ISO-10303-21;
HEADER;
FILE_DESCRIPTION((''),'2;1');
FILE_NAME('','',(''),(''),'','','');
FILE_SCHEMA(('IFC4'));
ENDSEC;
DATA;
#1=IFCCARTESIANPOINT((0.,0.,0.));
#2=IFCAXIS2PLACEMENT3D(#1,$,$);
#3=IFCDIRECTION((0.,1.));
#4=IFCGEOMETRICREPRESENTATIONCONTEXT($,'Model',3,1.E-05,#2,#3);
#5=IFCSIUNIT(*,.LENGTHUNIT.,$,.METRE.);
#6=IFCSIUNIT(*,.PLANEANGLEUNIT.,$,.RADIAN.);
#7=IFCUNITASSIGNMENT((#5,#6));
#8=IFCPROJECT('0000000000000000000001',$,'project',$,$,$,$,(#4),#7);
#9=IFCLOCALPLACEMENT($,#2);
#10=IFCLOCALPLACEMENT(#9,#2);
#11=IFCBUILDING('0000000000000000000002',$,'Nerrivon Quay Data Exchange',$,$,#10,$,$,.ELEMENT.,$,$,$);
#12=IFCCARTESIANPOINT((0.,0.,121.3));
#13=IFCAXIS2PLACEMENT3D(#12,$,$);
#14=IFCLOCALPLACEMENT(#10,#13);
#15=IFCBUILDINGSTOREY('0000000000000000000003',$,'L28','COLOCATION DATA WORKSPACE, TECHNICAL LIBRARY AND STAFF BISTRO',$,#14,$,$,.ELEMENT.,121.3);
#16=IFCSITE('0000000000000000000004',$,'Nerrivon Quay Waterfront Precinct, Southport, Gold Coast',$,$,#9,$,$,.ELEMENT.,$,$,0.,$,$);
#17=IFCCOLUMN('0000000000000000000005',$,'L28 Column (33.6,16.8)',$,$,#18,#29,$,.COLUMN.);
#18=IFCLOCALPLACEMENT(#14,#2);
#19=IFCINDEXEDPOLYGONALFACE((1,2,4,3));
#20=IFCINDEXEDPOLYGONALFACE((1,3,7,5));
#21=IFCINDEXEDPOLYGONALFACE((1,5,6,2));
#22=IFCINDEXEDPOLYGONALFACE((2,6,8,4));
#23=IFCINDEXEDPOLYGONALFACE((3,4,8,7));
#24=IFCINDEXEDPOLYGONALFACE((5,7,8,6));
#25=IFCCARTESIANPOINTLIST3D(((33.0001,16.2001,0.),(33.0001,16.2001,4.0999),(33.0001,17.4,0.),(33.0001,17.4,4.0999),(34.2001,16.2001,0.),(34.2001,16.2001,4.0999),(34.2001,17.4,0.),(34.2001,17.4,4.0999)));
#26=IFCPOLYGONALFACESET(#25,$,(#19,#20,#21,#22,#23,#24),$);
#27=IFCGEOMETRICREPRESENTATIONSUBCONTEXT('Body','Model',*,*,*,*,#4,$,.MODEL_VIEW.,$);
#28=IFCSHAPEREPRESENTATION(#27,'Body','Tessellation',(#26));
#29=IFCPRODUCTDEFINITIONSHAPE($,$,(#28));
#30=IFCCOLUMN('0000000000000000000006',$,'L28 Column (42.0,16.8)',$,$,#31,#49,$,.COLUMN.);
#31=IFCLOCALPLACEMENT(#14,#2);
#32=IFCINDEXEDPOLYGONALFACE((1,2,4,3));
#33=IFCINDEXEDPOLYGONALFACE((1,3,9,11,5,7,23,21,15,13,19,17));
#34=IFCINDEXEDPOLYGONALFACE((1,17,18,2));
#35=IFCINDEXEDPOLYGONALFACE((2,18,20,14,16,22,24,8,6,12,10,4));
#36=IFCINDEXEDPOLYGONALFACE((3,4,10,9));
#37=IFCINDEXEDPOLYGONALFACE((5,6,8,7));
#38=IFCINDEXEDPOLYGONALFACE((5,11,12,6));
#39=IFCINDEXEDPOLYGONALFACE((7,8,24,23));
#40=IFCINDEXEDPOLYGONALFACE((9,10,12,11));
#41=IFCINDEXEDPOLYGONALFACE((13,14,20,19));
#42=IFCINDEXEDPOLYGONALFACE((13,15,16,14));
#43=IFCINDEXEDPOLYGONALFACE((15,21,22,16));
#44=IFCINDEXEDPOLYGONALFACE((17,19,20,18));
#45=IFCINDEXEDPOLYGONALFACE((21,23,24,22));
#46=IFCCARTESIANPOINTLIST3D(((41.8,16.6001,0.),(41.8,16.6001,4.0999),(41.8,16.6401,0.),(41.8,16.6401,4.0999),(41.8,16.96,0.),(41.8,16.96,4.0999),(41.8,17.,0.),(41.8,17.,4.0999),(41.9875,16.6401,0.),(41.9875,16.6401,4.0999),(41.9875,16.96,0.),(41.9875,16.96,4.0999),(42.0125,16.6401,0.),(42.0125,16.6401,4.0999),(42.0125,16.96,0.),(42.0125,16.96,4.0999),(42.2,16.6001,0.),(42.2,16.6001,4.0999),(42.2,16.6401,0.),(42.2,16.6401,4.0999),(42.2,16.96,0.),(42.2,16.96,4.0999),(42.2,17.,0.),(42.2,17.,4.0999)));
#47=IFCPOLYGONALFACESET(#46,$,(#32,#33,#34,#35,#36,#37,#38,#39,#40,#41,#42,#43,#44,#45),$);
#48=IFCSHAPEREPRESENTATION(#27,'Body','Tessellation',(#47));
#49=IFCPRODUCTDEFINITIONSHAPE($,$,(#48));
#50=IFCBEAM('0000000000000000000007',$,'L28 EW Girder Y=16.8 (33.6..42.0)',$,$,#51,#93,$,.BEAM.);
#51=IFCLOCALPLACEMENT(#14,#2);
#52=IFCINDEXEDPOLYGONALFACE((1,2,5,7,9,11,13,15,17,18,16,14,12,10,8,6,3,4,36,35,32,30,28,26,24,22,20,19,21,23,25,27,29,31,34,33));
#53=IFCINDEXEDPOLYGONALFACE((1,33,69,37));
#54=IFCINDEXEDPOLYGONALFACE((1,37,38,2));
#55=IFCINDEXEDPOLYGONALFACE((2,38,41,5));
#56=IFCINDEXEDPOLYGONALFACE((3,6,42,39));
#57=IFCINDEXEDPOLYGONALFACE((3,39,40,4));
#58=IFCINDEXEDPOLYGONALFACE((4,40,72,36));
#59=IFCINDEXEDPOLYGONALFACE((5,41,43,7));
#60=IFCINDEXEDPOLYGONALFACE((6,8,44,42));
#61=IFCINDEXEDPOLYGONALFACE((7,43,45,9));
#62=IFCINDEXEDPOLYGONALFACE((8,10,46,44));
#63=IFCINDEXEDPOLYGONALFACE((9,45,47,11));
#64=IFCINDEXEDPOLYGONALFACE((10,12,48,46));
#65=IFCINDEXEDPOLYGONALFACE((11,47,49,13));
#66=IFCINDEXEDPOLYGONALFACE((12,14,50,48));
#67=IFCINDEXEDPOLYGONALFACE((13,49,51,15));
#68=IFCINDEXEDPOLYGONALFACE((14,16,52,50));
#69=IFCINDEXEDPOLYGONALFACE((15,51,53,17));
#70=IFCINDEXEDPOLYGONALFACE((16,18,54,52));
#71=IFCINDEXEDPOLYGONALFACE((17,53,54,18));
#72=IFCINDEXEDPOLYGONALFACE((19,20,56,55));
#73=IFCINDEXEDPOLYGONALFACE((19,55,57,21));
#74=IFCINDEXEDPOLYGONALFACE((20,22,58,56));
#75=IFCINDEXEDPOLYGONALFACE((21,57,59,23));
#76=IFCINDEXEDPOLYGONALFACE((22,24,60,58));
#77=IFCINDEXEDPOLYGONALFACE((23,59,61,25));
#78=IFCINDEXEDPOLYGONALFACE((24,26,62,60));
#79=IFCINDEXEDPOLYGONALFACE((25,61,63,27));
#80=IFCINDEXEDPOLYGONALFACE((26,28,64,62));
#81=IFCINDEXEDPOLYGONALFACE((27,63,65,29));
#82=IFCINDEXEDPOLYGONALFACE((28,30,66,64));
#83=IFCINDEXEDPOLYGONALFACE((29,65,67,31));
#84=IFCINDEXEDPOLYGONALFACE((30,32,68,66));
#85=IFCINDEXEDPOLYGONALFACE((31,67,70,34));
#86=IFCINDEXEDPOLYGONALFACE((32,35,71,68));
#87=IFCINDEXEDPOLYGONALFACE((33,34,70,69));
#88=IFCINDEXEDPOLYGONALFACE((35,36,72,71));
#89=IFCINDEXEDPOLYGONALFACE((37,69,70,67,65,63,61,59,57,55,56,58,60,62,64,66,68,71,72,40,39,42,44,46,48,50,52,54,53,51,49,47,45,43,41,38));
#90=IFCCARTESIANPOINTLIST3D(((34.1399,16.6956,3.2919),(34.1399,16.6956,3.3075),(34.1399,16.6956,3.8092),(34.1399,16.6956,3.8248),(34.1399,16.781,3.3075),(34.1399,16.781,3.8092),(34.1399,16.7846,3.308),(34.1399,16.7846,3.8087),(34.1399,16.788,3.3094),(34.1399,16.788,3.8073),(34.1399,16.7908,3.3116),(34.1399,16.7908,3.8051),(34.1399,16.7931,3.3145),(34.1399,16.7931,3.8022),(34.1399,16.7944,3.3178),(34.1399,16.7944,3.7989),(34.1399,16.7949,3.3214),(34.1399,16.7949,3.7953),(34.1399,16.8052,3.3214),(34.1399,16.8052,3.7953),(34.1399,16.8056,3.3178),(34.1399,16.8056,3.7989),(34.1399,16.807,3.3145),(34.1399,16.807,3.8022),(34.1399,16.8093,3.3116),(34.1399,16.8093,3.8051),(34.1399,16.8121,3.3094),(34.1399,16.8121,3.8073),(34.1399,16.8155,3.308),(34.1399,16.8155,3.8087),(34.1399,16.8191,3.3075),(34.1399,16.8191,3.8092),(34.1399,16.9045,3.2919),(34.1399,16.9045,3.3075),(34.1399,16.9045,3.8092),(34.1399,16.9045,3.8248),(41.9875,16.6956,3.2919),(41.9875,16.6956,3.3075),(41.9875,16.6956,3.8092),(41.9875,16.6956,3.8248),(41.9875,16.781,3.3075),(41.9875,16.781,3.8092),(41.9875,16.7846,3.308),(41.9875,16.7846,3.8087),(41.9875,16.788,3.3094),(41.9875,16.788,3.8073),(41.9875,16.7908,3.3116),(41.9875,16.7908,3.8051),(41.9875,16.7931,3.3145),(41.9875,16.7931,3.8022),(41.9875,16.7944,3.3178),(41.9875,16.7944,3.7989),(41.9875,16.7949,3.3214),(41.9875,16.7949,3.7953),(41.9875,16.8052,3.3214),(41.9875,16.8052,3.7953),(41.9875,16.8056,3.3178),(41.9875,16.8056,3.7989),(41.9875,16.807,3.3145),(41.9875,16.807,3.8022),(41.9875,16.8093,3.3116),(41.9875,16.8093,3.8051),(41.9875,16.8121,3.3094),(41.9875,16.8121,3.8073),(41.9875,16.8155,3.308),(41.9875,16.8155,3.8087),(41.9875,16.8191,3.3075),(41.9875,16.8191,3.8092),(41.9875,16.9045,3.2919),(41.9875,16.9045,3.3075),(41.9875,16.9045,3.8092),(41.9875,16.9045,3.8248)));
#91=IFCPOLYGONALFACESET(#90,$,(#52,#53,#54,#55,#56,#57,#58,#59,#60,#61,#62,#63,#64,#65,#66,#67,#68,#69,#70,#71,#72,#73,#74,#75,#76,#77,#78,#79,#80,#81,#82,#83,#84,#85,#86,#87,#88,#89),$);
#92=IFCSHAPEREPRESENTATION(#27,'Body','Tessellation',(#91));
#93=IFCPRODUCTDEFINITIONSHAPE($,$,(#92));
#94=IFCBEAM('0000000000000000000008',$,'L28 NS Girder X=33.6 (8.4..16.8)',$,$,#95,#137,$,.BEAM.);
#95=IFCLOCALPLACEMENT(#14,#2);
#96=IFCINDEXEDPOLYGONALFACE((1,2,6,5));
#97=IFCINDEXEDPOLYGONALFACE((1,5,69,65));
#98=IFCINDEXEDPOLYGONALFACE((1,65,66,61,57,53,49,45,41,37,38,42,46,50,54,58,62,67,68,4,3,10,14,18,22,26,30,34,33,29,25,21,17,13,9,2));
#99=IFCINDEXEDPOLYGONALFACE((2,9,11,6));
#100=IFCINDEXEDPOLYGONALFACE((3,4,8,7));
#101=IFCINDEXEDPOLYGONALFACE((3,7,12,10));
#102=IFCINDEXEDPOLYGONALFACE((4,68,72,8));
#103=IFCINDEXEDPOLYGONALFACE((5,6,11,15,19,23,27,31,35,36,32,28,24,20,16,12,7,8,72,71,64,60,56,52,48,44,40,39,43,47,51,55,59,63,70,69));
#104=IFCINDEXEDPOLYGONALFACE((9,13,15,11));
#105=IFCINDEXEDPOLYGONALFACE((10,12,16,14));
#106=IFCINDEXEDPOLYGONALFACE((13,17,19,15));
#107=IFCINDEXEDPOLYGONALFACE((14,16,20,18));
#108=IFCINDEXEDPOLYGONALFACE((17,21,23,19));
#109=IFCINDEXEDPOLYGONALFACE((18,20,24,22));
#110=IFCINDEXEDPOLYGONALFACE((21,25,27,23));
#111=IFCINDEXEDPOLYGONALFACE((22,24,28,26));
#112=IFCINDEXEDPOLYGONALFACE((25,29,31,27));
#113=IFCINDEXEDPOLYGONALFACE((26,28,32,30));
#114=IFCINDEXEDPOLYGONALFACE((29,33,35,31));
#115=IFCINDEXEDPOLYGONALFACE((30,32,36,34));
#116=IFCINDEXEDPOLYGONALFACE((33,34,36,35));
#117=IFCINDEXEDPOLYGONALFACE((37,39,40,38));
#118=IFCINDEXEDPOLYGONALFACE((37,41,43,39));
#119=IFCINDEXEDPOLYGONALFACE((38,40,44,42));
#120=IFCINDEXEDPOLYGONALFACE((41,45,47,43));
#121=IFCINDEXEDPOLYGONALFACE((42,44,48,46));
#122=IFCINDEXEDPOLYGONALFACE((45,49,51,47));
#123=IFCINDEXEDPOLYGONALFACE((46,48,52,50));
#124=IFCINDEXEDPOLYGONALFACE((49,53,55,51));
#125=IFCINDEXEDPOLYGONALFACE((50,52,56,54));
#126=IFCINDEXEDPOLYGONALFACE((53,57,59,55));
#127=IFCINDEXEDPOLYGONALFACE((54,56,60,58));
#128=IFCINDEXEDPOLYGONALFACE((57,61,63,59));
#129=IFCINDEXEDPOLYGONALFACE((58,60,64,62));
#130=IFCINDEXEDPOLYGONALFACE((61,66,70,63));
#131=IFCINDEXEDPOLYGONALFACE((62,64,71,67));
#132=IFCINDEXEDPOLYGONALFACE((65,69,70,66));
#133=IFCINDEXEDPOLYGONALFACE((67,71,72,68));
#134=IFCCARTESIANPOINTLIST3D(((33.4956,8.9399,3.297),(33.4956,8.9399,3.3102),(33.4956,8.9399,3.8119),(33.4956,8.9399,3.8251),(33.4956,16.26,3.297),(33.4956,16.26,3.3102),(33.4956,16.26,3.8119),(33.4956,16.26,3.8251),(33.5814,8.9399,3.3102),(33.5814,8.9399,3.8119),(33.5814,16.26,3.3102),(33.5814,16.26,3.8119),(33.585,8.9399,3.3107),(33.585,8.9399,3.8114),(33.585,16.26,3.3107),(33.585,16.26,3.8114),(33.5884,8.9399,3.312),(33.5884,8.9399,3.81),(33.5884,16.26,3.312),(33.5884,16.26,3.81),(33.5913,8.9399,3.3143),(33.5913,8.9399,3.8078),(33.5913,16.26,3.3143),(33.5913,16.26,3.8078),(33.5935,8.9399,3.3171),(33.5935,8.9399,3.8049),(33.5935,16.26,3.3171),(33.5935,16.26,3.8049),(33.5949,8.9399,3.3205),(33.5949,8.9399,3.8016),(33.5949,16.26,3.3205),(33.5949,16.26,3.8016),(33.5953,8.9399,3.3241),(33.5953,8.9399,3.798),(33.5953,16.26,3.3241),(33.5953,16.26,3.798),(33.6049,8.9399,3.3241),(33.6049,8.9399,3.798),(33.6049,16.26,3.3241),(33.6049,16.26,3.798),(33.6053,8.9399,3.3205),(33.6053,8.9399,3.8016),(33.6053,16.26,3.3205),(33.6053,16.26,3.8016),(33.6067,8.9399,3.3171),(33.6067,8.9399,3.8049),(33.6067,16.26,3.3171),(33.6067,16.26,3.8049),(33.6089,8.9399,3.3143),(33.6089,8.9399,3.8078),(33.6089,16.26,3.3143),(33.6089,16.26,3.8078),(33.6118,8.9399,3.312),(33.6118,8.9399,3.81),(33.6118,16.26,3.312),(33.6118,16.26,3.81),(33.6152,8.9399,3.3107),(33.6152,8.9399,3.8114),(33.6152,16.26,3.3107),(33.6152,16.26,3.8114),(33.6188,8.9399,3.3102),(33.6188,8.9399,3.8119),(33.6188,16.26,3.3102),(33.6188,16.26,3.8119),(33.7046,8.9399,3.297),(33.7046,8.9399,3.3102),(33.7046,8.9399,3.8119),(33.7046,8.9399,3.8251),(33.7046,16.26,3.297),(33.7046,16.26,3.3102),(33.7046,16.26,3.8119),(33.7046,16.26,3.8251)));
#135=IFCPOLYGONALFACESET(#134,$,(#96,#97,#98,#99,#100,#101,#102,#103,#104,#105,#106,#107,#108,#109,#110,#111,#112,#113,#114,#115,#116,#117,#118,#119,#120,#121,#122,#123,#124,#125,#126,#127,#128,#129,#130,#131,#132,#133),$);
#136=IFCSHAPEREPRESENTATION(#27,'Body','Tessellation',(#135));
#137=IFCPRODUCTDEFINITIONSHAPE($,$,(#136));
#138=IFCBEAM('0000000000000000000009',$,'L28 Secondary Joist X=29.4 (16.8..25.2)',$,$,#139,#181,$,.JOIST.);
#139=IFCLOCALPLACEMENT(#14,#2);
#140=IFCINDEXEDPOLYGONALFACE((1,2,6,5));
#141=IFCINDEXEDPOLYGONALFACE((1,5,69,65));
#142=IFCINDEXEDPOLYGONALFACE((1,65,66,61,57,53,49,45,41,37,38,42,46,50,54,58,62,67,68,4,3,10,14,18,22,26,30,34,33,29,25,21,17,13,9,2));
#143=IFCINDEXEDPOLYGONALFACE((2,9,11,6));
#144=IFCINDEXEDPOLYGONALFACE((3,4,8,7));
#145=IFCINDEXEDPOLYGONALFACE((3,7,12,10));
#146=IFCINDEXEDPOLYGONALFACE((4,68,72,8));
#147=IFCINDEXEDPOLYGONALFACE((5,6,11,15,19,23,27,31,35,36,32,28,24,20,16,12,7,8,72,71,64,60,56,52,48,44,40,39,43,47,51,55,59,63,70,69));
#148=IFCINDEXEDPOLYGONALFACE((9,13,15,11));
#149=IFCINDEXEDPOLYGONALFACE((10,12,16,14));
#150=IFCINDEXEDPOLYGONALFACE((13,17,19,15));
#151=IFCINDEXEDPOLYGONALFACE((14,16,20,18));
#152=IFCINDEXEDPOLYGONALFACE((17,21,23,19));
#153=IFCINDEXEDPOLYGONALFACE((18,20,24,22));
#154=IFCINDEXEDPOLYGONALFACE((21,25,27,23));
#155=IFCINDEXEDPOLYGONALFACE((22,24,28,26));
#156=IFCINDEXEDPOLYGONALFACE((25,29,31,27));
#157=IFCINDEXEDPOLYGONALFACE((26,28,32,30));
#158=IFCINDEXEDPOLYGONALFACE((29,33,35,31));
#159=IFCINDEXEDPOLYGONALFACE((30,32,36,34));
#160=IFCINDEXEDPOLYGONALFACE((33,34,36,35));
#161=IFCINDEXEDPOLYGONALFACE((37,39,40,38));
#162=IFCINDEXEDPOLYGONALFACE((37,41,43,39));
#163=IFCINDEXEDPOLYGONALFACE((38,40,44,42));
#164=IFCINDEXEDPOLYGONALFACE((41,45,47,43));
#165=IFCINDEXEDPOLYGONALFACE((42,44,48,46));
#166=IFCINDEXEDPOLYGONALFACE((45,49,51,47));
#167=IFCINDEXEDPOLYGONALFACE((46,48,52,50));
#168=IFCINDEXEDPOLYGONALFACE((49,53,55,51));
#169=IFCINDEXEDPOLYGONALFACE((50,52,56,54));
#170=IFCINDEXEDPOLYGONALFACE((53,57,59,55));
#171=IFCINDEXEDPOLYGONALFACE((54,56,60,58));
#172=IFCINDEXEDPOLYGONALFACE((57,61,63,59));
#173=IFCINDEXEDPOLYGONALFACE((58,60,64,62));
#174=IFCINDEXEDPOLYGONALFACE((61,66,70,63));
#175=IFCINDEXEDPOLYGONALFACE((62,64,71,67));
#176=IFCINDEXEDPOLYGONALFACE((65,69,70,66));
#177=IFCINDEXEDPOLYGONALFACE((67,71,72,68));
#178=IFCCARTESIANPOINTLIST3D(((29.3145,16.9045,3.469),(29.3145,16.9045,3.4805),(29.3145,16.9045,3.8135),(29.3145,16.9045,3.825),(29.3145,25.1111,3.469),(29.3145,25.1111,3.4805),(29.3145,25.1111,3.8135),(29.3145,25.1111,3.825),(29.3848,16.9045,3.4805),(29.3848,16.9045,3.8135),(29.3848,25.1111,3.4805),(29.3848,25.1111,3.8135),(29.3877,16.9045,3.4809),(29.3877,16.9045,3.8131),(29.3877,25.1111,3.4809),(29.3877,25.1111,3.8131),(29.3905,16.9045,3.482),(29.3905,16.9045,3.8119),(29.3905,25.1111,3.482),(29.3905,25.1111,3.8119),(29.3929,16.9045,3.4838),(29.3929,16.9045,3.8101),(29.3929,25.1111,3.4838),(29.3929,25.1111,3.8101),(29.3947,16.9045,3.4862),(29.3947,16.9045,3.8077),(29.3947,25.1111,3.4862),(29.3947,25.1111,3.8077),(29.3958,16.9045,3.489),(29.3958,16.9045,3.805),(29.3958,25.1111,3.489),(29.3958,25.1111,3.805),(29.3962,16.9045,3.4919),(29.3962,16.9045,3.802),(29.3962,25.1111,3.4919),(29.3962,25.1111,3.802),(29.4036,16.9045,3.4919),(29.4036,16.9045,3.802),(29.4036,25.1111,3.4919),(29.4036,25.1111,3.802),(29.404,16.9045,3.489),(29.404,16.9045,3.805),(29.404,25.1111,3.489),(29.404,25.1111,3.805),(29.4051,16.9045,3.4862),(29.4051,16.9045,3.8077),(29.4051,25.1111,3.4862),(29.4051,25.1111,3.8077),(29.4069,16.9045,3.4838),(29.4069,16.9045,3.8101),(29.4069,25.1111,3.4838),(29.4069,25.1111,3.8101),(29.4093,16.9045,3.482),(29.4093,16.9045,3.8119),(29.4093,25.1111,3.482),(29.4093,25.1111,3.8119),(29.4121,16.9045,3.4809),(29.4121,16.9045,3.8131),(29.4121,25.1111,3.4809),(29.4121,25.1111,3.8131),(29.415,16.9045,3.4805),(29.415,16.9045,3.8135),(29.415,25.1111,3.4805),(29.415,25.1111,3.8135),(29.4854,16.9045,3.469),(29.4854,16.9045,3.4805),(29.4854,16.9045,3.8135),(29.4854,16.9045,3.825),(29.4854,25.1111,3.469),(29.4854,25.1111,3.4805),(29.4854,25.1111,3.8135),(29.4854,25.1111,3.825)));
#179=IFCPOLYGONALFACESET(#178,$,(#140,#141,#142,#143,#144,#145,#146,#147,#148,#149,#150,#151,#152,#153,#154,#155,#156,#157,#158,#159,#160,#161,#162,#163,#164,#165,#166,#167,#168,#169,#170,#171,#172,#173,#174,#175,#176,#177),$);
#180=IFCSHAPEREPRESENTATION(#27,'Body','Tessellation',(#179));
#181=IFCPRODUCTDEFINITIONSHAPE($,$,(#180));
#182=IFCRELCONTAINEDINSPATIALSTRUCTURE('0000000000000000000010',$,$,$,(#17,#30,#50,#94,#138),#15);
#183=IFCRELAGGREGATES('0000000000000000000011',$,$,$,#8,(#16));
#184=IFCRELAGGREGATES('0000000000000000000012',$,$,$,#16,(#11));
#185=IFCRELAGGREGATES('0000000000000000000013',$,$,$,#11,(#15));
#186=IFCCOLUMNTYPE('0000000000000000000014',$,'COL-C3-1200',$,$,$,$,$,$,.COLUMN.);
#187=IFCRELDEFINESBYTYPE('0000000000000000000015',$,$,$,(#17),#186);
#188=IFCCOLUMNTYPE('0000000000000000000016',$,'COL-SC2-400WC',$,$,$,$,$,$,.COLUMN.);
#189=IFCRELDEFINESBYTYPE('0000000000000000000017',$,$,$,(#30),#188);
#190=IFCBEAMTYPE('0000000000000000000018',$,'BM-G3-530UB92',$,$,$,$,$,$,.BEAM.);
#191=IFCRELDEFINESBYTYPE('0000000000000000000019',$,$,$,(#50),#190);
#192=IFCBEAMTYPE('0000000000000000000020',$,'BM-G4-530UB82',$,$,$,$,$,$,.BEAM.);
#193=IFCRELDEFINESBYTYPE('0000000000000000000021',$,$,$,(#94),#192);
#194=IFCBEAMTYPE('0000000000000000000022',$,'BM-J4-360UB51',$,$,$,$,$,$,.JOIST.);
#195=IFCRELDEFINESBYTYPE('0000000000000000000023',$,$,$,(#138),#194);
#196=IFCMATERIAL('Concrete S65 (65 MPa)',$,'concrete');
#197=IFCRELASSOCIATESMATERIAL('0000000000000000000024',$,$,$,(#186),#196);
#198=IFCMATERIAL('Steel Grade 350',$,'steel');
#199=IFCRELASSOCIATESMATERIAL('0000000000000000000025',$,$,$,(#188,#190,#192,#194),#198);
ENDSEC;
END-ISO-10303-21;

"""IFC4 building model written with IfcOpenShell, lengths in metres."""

from ifc_helpers import new_model, si_unit, direction, frame, origin, origin_2d, place, context, subcontext, project, spatial, rectangle, i_section, extrude, material, material_profile, profile_set, type_object, element, save


model = new_model("IFC4")

# Units and contexts
model_context = context("Model", 3, precision=1e-05, world=origin(), true_north=direction((0.0, 1.0)))
body_context = subcontext(model_context, "Body", "Model", "MODEL_VIEW")
ifc_project = project(units=[si_unit("LENGTHUNIT", "METRE"), si_unit("PLANEANGLEUNIT", "RADIAN")], contexts=[model_context])

# Site, building, storey
site_placement = place(None, origin())
site = spatial("IfcSite", under=ifc_project, at=site_placement, Name="Nerrivon Quay Waterfront Precinct, Southport, Gold Coast", CompositionType="ELEMENT", RefElevation=0.0)
building_placement = place(site_placement, origin())
building = spatial("IfcBuilding", under=site, at=building_placement, Name="Nerrivon Quay Data Exchange", CompositionType="ELEMENT")
storey_placement = place(building_placement, frame((0.0, 0.0, 121.3)))
storey = spatial("IfcBuildingStorey", under=building, at=storey_placement, Name="L28", Description="COLOCATION DATA WORKSPACE, TECHNICAL LIBRARY AND STAFF BISTRO", CompositionType="ELEMENT", Elevation=121.3)

# Columns
ifc_material_1 = material(Name="Concrete S65 (65 MPa)", Category="concrete")
ifc_material_profile_1 = material_profile(ifc_material_1, rectangle(XDim=1.2, YDim=1.2, at=origin_2d()), Name="RC-COL-1200x1200")
ifc_profile_set_1 = profile_set([ifc_material_profile_1], Name="Concrete S65 (65 MPa)")
column_type_1 = type_object("IfcColumnType", Name="COL-C3-1200", PredefinedType="COLUMN", material=ifc_profile_set_1)
column_1_placement = place(storey_placement, frame((33.6001, 16.8, 0.0), z_axis=(0.0, 0.0, 1.0), x_axis=(1.0, 0.0, 0.0)))
element("IfcColumn", 1, at=column_1_placement, inside=storey, type_object=column_type_1, Name="L28 Column (33.6,16.8)", PredefinedType="COLUMN", context=body_context, shape_type="SweptSolid", body=[
    extrude(rectangle(XDim=1.2, YDim=1.2, at=origin_2d()), origin(), (0.0, 0.0, 1.0), 4.0999),
])
ifc_material_2 = material(Name="Steel Grade 350", Category="steel")
ifc_material_profile_2 = material_profile(ifc_material_2, i_section(OverallWidth=0.3999, OverallDepth=0.3999, WebThickness=0.0249, FlangeThickness=0.04, at=origin_2d()), Name="400WC328")
ifc_profile_set_2 = profile_set([ifc_material_profile_2], Name="Steel Grade 350")
column_type_2 = type_object("IfcColumnType", Name="COL-SC2-400WC", PredefinedType="COLUMN", material=ifc_profile_set_2)
column_2_placement = place(storey_placement, frame((42.0, 16.8, 0.0), z_axis=(0.0, 0.0, 1.0), x_axis=(1.0, 0.0, 0.0)))
element("IfcColumn", 2, at=column_2_placement, inside=storey, type_object=column_type_2, Name="L28 Column (42.0,16.8)", PredefinedType="COLUMN", context=body_context, shape_type="SweptSolid", body=[
    extrude(i_section(OverallWidth=0.3999, OverallDepth=0.3999, WebThickness=0.0249, FlangeThickness=0.04, at=origin_2d()), origin(), (0.0, 0.0, 1.0), 4.0999),
])

# Beams
ifc_material_profile_3 = material_profile(ifc_material_2, i_section(OverallWidth=0.209, OverallDepth=0.533, WebThickness=0.0103, FlangeThickness=0.0156, FilletRadius=0.0139, at=origin_2d()), Name="530UB92.4")
ifc_profile_set_3 = profile_set([ifc_material_profile_3], Name="Steel Grade 350")
beam_type_1 = type_object("IfcBeamType", Name="BM-G3-530UB92", PredefinedType="BEAM", material=ifc_profile_set_3)
beam_1_placement = place(storey_placement, frame((34.1399, 16.8, 3.5583), z_axis=(1.0, 0.0, 0.0), x_axis=(0.0, 1.0, 0.0)))
element("IfcBeam", 3, at=beam_1_placement, inside=storey, type_object=beam_type_1, Name="L28 EW Girder Y=16.8 (33.6..42.0)", PredefinedType="BEAM", context=body_context, shape_type="SweptSolid", body=[
    extrude(i_section(OverallWidth=0.209, OverallDepth=0.533, WebThickness=0.0103, FlangeThickness=0.0156, FilletRadius=0.0139, at=origin_2d()), origin(), (0.0, 0.0, 1.0), 7.8477),
])
ifc_material_profile_4 = material_profile(ifc_material_2, i_section(OverallWidth=0.209, OverallDepth=0.5281, WebThickness=0.0095, FlangeThickness=0.0132, FilletRadius=0.0139, at=origin_2d()), Name="530UB82.0")
ifc_profile_set_4 = profile_set([ifc_material_profile_4], Name="Steel Grade 350")
beam_type_2 = type_object("IfcBeamType", Name="BM-G4-530UB82", PredefinedType="BEAM", material=ifc_profile_set_4)
beam_2_placement = place(storey_placement, frame((33.6001, 8.9399, 3.561), z_axis=(0.0, 1.0, 0.0), x_axis=(-1.0, 0.0, 0.0)))
element("IfcBeam", 4, at=beam_2_placement, inside=storey, type_object=beam_type_2, Name="L28 NS Girder X=33.6 (8.4..16.8)", PredefinedType="BEAM", context=body_context, shape_type="SweptSolid", body=[
    extrude(i_section(OverallWidth=0.209, OverallDepth=0.5281, WebThickness=0.0095, FlangeThickness=0.0132, FilletRadius=0.0139, at=origin_2d()), origin(), (0.0, 0.0, 1.0), 7.3201),
])
ifc_material_profile_5 = material_profile(ifc_material_2, i_section(OverallWidth=0.1709, OverallDepth=0.356, WebThickness=0.0073, FlangeThickness=0.0115, FilletRadius=0.0115, at=origin_2d()), Name="360UB50.7")
ifc_profile_set_5 = profile_set([ifc_material_profile_5], Name="Steel Grade 350")
beam_type_3 = type_object("IfcBeamType", Name="BM-J4-360UB51", PredefinedType="JOIST", material=ifc_profile_set_5)
beam_3_placement = place(storey_placement, frame((29.3999, 16.9045, 3.647), z_axis=(0.0, 1.0, 0.0), x_axis=(-1.0, 0.0, 0.0)))
element("IfcBeam", 5, at=beam_3_placement, inside=storey, type_object=beam_type_3, Name="L28 Secondary Joist X=29.4 (16.8..25.2)", PredefinedType="JOIST", context=body_context, shape_type="SweptSolid", body=[
    extrude(i_section(OverallWidth=0.1709, OverallDepth=0.356, WebThickness=0.0073, FlangeThickness=0.0115, FilletRadius=0.0115, at=origin_2d()), origin(), (0.0, 0.0, 1.0), 8.2065),
])

save(model, "model.ifc")
